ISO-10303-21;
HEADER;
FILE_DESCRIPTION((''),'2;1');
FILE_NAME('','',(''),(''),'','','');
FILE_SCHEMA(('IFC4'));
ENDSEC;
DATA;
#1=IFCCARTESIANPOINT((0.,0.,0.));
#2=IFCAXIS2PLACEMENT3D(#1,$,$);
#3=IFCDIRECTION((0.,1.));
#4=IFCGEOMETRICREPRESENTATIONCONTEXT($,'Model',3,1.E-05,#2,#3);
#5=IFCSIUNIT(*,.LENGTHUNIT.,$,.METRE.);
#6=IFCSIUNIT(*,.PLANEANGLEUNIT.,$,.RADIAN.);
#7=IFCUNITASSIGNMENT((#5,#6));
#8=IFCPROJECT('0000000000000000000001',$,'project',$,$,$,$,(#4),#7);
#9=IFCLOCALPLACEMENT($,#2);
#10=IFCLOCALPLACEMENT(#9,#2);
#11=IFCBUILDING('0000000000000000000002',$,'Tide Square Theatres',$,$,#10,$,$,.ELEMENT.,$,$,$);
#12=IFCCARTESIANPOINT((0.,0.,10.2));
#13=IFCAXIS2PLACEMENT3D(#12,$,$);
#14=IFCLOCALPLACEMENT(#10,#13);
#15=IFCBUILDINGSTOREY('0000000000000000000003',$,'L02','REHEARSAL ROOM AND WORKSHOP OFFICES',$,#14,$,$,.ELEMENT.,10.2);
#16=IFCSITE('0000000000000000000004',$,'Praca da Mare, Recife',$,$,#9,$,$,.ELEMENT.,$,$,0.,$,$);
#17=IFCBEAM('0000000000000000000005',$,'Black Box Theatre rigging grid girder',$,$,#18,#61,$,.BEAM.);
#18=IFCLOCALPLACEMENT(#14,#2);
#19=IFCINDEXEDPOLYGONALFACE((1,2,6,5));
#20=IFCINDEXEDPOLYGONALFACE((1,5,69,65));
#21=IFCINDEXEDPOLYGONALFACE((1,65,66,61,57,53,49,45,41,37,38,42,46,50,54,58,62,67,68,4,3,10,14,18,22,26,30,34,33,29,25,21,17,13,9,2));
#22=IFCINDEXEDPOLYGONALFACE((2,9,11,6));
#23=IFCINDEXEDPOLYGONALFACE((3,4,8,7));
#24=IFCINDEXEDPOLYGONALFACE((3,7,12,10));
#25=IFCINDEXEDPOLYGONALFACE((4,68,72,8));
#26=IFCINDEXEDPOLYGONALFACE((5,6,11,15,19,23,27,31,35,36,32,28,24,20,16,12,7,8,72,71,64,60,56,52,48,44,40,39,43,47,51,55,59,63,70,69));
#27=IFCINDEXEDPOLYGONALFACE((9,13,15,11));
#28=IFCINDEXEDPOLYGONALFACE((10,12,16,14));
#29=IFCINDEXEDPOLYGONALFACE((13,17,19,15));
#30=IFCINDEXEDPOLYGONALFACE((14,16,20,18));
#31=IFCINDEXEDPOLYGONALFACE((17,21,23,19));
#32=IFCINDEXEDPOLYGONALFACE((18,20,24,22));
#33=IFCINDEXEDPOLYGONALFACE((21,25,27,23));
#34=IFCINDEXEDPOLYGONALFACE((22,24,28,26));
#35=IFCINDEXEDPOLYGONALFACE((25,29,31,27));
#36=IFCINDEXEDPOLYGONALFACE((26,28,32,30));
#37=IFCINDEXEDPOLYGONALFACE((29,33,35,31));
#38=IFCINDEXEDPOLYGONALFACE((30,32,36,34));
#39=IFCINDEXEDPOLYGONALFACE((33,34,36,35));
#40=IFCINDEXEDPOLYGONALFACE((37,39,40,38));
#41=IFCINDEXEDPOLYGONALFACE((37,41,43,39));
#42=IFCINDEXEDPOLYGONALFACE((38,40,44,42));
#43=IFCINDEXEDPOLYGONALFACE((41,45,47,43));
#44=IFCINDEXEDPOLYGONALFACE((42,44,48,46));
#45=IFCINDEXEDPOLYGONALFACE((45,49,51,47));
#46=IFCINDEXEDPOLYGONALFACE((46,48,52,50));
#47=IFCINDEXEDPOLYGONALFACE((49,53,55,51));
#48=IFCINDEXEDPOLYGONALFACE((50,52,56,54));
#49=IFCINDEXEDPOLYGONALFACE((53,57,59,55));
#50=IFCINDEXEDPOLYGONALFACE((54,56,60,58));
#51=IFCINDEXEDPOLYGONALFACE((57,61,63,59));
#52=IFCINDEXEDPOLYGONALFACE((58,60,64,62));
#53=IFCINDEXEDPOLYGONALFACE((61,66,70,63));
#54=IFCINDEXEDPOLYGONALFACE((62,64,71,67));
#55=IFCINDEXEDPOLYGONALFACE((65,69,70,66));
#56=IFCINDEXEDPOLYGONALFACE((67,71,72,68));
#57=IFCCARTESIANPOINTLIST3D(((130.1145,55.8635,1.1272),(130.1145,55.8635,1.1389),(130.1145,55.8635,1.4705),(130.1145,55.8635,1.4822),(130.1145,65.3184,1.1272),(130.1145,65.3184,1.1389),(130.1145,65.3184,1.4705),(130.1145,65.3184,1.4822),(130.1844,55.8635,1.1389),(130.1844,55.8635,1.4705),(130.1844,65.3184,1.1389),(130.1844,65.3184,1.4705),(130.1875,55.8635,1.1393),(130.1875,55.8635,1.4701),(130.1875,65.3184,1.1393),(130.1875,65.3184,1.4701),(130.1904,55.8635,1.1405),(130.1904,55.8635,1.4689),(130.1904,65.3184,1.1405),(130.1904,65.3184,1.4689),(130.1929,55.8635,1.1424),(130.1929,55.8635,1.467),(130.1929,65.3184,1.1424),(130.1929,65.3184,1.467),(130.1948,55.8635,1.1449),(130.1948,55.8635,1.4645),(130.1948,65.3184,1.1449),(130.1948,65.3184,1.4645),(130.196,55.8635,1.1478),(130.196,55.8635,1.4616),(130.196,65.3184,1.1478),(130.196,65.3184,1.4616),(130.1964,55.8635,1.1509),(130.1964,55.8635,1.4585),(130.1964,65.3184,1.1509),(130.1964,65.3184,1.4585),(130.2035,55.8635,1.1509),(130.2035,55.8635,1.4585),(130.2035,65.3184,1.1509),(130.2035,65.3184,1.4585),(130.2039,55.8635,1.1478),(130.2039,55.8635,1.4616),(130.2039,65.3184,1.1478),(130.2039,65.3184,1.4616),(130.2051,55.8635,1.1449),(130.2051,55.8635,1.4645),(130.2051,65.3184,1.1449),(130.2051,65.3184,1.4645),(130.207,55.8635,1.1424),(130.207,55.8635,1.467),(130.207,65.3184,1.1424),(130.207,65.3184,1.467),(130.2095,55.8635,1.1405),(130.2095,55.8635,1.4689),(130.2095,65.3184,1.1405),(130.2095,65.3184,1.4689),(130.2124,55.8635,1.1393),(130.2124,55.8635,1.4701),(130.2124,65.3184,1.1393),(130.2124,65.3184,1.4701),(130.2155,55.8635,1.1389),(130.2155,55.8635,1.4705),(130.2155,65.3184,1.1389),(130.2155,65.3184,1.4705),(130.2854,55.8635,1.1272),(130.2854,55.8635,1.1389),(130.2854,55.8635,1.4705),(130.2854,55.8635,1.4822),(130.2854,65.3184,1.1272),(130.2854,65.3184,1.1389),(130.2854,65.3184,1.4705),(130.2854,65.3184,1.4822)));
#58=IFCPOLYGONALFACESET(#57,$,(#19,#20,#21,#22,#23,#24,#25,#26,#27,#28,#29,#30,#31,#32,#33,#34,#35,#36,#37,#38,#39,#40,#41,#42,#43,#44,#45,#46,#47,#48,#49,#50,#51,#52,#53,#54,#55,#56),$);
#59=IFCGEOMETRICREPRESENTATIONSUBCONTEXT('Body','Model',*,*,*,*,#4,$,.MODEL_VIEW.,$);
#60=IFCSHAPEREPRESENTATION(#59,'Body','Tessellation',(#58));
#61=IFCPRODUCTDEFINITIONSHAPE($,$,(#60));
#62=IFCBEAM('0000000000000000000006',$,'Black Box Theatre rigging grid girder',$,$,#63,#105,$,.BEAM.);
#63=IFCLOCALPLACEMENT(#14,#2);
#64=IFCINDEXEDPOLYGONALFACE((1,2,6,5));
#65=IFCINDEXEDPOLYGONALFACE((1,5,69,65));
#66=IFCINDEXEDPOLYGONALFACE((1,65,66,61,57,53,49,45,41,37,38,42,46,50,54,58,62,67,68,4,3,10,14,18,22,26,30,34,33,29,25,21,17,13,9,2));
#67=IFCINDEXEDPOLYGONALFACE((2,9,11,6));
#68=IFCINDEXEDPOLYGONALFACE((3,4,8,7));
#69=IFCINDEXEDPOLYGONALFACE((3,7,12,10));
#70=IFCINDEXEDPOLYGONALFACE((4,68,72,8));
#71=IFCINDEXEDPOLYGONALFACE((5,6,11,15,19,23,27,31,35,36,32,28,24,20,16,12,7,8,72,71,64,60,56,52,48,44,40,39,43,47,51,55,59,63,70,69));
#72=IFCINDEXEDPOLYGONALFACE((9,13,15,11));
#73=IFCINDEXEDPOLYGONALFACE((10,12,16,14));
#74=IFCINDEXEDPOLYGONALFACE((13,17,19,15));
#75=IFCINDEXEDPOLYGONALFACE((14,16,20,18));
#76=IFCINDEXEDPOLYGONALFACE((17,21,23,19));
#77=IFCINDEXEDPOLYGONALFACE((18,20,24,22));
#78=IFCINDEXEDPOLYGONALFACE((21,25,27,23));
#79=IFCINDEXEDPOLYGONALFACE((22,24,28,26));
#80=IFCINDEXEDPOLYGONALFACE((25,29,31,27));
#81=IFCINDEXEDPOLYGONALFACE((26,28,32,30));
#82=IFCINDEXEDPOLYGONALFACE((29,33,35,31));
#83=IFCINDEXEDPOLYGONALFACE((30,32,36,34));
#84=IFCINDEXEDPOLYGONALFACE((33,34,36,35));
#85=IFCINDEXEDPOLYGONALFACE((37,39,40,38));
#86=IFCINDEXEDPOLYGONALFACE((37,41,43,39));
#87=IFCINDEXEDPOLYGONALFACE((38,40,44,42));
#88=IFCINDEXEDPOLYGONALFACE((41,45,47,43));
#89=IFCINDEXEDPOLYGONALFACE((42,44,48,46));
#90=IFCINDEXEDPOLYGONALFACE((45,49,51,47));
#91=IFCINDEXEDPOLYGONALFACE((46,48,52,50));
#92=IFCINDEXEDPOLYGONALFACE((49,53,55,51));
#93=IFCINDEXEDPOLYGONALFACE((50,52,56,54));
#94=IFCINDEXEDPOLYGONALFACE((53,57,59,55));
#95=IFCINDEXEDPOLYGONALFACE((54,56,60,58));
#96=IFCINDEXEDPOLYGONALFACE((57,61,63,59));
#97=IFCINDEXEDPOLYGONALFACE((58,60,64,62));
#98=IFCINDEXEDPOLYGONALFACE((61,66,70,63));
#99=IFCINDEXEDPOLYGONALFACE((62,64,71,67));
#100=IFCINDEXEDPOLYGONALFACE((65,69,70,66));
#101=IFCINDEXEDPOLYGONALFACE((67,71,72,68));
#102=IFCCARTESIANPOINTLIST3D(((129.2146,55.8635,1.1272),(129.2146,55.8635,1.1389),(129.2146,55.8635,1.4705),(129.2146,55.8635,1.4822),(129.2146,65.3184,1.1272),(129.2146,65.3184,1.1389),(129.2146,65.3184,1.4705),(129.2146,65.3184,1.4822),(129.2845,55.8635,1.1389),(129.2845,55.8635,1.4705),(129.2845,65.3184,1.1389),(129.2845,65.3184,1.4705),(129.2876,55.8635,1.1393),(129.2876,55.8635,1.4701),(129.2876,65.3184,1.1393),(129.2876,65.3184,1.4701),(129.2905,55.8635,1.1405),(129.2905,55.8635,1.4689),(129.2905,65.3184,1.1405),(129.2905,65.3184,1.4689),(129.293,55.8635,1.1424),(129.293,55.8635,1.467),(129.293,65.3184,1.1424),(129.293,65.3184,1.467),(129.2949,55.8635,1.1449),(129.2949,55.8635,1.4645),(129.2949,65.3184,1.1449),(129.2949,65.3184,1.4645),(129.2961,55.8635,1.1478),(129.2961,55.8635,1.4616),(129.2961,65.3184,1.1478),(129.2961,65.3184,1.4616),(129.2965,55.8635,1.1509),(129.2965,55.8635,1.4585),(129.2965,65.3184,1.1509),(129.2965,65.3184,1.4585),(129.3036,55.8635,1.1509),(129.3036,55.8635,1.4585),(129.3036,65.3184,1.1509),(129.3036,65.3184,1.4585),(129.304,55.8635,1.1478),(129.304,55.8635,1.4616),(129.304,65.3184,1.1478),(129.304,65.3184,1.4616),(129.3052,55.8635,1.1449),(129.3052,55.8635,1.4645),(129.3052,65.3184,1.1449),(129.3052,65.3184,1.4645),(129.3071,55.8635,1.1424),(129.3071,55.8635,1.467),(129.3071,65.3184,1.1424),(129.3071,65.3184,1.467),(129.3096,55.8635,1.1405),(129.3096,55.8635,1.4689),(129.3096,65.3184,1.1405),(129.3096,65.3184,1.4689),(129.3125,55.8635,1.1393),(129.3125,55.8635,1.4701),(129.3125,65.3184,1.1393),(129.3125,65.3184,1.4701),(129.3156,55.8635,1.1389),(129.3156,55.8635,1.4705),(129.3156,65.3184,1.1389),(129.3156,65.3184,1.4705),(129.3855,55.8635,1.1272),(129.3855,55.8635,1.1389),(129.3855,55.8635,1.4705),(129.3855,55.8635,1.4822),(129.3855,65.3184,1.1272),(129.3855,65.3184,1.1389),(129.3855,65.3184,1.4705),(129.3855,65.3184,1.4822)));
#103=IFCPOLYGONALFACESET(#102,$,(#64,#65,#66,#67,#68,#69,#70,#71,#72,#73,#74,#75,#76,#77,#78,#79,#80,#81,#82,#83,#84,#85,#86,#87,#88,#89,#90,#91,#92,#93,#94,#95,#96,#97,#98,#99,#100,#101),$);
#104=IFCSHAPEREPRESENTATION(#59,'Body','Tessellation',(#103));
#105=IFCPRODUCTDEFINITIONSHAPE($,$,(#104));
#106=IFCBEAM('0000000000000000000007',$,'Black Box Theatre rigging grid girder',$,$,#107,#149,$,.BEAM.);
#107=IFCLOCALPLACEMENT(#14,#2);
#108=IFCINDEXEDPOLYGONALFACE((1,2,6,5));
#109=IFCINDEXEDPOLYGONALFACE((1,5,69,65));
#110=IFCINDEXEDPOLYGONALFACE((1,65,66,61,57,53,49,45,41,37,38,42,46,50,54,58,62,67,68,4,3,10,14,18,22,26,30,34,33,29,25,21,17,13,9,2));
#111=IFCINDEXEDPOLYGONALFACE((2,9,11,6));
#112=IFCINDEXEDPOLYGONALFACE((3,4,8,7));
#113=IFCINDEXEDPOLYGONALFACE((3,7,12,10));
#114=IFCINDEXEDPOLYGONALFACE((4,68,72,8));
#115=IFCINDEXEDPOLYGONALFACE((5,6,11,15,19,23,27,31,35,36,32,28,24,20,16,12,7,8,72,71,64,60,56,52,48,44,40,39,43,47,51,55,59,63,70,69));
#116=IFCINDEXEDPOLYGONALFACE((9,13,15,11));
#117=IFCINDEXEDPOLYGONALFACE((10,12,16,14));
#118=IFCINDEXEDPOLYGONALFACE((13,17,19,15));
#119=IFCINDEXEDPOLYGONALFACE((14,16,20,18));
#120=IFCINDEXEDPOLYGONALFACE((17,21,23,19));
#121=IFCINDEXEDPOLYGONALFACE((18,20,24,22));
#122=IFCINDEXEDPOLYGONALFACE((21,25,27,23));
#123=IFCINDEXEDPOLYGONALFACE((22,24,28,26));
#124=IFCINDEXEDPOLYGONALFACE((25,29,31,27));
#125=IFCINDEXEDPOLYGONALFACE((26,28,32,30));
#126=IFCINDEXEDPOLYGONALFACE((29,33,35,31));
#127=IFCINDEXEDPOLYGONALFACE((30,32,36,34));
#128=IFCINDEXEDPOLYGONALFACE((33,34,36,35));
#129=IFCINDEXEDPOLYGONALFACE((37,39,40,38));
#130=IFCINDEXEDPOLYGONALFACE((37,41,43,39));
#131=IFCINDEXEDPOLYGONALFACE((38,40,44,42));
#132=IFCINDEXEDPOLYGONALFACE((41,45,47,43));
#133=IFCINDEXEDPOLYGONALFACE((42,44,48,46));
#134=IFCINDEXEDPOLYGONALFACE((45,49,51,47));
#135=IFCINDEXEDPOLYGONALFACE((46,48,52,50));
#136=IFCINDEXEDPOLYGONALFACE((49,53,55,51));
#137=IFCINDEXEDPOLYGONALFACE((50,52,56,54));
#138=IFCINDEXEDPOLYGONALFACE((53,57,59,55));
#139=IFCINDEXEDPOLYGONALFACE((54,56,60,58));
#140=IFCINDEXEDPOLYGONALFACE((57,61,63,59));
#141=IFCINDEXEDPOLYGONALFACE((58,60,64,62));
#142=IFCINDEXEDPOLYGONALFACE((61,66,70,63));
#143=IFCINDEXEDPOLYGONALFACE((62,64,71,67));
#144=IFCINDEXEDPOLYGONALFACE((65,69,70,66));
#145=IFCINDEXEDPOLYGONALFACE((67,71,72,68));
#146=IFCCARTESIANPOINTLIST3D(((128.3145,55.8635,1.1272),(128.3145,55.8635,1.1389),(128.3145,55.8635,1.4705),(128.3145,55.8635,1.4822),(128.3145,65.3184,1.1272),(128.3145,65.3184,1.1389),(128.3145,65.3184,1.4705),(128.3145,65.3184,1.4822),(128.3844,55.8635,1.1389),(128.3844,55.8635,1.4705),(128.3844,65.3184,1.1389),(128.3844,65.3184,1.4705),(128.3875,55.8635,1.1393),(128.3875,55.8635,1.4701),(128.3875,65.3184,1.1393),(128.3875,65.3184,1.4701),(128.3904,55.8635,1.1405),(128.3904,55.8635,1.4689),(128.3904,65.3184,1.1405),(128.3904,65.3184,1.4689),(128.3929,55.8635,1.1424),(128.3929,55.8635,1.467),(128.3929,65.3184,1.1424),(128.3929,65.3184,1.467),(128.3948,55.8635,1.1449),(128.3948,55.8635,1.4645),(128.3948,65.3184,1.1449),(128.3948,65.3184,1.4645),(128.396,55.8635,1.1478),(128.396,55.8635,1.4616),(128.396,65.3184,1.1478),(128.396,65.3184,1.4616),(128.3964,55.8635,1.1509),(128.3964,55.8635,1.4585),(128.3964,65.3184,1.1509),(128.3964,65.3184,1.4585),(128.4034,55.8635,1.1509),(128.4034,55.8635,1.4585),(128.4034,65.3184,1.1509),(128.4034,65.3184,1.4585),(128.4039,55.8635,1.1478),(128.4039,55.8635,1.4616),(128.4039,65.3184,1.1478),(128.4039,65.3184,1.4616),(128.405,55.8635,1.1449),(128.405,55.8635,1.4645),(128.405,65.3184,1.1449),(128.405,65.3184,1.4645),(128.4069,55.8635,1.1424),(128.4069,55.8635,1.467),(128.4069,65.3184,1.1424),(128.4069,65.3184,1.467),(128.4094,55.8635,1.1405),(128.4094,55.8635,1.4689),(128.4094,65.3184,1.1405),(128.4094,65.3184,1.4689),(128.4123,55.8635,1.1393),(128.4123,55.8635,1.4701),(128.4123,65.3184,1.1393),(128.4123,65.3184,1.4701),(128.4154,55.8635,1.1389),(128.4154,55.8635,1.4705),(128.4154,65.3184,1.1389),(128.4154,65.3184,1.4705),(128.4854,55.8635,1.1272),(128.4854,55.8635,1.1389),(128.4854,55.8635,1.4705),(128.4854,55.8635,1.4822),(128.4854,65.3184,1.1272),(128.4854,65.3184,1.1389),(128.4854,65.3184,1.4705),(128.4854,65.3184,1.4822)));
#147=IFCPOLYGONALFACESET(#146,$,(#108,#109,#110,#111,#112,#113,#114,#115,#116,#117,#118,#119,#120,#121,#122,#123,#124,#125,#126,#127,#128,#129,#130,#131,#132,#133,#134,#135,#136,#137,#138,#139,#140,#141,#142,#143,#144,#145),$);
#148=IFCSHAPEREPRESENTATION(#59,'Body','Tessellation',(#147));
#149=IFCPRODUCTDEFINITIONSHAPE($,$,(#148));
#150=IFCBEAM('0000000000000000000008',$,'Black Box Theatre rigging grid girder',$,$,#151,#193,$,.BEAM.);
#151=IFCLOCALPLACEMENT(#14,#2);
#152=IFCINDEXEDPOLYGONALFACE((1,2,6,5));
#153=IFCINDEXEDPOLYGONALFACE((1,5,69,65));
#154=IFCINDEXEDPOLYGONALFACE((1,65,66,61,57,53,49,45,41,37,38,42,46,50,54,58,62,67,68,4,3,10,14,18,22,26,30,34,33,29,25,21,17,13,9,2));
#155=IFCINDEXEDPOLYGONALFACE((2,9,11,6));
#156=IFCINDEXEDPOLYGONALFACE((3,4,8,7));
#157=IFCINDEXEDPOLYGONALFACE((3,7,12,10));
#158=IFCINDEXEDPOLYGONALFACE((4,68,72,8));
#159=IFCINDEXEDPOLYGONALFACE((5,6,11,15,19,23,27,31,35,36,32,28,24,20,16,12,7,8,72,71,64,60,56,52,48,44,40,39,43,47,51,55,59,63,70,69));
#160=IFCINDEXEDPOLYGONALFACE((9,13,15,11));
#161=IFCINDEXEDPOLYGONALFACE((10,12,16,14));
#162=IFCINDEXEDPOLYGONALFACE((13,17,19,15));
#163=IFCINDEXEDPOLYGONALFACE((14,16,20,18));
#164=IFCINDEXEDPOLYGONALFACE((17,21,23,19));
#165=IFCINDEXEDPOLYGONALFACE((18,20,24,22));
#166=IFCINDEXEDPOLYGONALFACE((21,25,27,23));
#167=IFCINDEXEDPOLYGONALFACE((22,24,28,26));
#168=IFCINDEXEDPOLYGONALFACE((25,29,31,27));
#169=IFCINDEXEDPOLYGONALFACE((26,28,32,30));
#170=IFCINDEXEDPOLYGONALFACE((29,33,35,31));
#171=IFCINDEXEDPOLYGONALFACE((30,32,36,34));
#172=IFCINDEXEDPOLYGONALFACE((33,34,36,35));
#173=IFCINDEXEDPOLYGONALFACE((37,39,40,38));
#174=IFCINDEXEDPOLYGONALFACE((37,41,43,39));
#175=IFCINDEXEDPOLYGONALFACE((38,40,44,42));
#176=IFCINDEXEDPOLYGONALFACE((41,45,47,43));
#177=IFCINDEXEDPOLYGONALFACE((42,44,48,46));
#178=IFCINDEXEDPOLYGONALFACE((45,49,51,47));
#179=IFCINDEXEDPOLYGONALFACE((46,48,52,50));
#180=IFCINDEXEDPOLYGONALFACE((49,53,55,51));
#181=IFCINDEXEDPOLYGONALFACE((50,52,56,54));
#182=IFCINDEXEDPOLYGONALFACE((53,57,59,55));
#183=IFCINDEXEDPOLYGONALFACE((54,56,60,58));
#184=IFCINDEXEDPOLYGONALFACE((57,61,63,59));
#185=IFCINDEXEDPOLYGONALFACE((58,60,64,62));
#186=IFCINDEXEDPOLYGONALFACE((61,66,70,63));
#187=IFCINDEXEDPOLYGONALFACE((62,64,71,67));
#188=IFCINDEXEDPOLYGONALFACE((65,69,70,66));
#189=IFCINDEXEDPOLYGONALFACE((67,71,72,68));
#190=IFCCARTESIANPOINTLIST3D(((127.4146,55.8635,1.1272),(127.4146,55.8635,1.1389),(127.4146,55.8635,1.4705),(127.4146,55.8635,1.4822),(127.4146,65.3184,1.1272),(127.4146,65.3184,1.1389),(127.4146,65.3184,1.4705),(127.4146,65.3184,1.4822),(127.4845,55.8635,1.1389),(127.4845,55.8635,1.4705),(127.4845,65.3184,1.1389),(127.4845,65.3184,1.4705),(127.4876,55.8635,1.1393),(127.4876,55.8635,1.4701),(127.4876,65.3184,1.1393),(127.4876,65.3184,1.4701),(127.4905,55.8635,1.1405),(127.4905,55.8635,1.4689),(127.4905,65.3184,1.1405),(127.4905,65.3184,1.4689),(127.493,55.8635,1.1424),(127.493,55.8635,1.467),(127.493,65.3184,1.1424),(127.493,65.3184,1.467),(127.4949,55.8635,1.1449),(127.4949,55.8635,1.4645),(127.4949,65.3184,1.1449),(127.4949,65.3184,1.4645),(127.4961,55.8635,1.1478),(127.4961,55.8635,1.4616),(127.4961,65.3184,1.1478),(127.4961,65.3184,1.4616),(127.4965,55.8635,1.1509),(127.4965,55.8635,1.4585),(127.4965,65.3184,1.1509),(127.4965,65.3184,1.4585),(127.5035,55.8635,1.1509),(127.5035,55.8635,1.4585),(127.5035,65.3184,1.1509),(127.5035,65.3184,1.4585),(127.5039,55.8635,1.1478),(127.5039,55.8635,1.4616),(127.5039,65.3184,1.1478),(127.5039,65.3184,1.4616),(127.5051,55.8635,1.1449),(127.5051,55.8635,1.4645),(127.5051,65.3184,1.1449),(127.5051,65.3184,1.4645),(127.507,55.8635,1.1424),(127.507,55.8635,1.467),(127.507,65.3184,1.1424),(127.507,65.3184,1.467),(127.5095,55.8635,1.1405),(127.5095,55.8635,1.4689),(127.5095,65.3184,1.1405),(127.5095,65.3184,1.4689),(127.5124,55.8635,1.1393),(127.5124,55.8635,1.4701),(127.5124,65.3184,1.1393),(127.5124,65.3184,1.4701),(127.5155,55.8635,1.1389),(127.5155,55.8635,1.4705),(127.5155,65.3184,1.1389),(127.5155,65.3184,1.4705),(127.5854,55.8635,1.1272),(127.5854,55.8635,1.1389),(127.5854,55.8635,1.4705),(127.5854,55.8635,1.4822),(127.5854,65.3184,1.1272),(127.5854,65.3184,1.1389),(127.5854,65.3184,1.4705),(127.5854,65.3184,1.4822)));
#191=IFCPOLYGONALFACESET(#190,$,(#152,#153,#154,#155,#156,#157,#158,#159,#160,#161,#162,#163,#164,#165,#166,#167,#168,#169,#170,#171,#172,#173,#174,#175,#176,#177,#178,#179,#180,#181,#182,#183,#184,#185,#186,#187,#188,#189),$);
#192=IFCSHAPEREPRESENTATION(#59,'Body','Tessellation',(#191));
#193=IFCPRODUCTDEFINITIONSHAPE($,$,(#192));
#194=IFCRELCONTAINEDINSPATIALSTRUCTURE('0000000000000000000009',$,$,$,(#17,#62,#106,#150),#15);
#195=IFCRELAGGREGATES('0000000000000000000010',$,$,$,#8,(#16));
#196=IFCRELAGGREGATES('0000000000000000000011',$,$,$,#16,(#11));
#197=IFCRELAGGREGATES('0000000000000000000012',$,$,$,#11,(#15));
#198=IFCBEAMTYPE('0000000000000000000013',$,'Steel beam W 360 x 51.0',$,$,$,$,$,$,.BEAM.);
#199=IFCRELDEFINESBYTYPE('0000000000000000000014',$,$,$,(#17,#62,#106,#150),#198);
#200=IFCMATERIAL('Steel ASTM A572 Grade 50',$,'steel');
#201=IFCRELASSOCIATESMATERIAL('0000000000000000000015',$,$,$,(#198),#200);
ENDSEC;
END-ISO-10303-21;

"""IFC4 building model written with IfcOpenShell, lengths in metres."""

from ifc_helpers import new_model, si_unit, direction, frame, origin, origin_2d, place, context, subcontext, project, spatial, i_section, extrude, material, material_profile, profile_set, type_object, element, save


model = new_model("IFC4")

# Units and contexts
model_context = context("Model", 3, precision=1e-05, world=origin(), true_north=direction((0.0, 1.0)))
body_context = subcontext(model_context, "Body", "Model", "MODEL_VIEW")
ifc_project = project(units=[si_unit("LENGTHUNIT", "METRE"), si_unit("PLANEANGLEUNIT", "RADIAN")], contexts=[model_context])

# Site, building, storey
site_placement = place(None, origin())
site = spatial("IfcSite", under=ifc_project, at=site_placement, Name="Praca da Mare, Recife", CompositionType="ELEMENT", RefElevation=0.0)
building_placement = place(site_placement, origin())
building = spatial("IfcBuilding", under=site, at=building_placement, Name="Tide Square Theatres", CompositionType="ELEMENT")
storey_placement = place(building_placement, frame((0.0, 0.0, 10.2)))
storey = spatial("IfcBuildingStorey", under=building, at=storey_placement, Name="L02", Description="REHEARSAL ROOM AND WORKSHOP OFFICES", CompositionType="ELEMENT", Elevation=10.2)

# Beams
ifc_material_1 = material(Name="Steel ASTM A572 Grade 50", Category="steel")
ifc_material_profile_1 = material_profile(ifc_material_1, i_section(OverallWidth=0.1709, OverallDepth=0.355, WebThickness=0.0071, FlangeThickness=0.0117, FilletRadius=0.012, at=origin_2d()))
ifc_profile_set_1 = profile_set([ifc_material_profile_1], Name="Steel ASTM A572 Grade 50")
beam_type = type_object("IfcBeamType", Name="Steel beam W 360 x 51.0", PredefinedType="BEAM", material=ifc_profile_set_1)
for number, where, z_axis, x_axis, name in (
    (1, (130.2, 55.8635, 1.3047), (0.0, 1.0, 0.0), (-1.0, 0.0, 0.0), "Black Box Theatre rigging grid girder"),
    (2, (129.3, 55.8635, 1.3047), (0.0, 1.0, 0.0), (-1.0, 0.0, 0.0), "Black Box Theatre rigging grid girder"),
    (3, (128.3999, 55.8635, 1.3047), (0.0, 1.0, 0.0), (-1.0, 0.0, 0.0), "Black Box Theatre rigging grid girder"),
    (4, (127.5, 55.8635, 1.3047), (0.0, 1.0, 0.0), (-1.0, 0.0, 0.0), "Black Box Theatre rigging grid girder"),
):
    element("IfcBeam", number, at=place(storey_placement, frame(where, z_axis=z_axis, x_axis=x_axis)), inside=storey, type_object=beam_type, Name=name, PredefinedType="BEAM", context=body_context, shape_type="SweptSolid", body=[
        extrude(i_section(OverallWidth=0.1709, OverallDepth=0.355, WebThickness=0.0071, FlangeThickness=0.0117, FilletRadius=0.012, at=origin_2d()), origin(), (0.0, 0.0, 1.0), 9.4548),
    ])

save(model, "model.ifc")
